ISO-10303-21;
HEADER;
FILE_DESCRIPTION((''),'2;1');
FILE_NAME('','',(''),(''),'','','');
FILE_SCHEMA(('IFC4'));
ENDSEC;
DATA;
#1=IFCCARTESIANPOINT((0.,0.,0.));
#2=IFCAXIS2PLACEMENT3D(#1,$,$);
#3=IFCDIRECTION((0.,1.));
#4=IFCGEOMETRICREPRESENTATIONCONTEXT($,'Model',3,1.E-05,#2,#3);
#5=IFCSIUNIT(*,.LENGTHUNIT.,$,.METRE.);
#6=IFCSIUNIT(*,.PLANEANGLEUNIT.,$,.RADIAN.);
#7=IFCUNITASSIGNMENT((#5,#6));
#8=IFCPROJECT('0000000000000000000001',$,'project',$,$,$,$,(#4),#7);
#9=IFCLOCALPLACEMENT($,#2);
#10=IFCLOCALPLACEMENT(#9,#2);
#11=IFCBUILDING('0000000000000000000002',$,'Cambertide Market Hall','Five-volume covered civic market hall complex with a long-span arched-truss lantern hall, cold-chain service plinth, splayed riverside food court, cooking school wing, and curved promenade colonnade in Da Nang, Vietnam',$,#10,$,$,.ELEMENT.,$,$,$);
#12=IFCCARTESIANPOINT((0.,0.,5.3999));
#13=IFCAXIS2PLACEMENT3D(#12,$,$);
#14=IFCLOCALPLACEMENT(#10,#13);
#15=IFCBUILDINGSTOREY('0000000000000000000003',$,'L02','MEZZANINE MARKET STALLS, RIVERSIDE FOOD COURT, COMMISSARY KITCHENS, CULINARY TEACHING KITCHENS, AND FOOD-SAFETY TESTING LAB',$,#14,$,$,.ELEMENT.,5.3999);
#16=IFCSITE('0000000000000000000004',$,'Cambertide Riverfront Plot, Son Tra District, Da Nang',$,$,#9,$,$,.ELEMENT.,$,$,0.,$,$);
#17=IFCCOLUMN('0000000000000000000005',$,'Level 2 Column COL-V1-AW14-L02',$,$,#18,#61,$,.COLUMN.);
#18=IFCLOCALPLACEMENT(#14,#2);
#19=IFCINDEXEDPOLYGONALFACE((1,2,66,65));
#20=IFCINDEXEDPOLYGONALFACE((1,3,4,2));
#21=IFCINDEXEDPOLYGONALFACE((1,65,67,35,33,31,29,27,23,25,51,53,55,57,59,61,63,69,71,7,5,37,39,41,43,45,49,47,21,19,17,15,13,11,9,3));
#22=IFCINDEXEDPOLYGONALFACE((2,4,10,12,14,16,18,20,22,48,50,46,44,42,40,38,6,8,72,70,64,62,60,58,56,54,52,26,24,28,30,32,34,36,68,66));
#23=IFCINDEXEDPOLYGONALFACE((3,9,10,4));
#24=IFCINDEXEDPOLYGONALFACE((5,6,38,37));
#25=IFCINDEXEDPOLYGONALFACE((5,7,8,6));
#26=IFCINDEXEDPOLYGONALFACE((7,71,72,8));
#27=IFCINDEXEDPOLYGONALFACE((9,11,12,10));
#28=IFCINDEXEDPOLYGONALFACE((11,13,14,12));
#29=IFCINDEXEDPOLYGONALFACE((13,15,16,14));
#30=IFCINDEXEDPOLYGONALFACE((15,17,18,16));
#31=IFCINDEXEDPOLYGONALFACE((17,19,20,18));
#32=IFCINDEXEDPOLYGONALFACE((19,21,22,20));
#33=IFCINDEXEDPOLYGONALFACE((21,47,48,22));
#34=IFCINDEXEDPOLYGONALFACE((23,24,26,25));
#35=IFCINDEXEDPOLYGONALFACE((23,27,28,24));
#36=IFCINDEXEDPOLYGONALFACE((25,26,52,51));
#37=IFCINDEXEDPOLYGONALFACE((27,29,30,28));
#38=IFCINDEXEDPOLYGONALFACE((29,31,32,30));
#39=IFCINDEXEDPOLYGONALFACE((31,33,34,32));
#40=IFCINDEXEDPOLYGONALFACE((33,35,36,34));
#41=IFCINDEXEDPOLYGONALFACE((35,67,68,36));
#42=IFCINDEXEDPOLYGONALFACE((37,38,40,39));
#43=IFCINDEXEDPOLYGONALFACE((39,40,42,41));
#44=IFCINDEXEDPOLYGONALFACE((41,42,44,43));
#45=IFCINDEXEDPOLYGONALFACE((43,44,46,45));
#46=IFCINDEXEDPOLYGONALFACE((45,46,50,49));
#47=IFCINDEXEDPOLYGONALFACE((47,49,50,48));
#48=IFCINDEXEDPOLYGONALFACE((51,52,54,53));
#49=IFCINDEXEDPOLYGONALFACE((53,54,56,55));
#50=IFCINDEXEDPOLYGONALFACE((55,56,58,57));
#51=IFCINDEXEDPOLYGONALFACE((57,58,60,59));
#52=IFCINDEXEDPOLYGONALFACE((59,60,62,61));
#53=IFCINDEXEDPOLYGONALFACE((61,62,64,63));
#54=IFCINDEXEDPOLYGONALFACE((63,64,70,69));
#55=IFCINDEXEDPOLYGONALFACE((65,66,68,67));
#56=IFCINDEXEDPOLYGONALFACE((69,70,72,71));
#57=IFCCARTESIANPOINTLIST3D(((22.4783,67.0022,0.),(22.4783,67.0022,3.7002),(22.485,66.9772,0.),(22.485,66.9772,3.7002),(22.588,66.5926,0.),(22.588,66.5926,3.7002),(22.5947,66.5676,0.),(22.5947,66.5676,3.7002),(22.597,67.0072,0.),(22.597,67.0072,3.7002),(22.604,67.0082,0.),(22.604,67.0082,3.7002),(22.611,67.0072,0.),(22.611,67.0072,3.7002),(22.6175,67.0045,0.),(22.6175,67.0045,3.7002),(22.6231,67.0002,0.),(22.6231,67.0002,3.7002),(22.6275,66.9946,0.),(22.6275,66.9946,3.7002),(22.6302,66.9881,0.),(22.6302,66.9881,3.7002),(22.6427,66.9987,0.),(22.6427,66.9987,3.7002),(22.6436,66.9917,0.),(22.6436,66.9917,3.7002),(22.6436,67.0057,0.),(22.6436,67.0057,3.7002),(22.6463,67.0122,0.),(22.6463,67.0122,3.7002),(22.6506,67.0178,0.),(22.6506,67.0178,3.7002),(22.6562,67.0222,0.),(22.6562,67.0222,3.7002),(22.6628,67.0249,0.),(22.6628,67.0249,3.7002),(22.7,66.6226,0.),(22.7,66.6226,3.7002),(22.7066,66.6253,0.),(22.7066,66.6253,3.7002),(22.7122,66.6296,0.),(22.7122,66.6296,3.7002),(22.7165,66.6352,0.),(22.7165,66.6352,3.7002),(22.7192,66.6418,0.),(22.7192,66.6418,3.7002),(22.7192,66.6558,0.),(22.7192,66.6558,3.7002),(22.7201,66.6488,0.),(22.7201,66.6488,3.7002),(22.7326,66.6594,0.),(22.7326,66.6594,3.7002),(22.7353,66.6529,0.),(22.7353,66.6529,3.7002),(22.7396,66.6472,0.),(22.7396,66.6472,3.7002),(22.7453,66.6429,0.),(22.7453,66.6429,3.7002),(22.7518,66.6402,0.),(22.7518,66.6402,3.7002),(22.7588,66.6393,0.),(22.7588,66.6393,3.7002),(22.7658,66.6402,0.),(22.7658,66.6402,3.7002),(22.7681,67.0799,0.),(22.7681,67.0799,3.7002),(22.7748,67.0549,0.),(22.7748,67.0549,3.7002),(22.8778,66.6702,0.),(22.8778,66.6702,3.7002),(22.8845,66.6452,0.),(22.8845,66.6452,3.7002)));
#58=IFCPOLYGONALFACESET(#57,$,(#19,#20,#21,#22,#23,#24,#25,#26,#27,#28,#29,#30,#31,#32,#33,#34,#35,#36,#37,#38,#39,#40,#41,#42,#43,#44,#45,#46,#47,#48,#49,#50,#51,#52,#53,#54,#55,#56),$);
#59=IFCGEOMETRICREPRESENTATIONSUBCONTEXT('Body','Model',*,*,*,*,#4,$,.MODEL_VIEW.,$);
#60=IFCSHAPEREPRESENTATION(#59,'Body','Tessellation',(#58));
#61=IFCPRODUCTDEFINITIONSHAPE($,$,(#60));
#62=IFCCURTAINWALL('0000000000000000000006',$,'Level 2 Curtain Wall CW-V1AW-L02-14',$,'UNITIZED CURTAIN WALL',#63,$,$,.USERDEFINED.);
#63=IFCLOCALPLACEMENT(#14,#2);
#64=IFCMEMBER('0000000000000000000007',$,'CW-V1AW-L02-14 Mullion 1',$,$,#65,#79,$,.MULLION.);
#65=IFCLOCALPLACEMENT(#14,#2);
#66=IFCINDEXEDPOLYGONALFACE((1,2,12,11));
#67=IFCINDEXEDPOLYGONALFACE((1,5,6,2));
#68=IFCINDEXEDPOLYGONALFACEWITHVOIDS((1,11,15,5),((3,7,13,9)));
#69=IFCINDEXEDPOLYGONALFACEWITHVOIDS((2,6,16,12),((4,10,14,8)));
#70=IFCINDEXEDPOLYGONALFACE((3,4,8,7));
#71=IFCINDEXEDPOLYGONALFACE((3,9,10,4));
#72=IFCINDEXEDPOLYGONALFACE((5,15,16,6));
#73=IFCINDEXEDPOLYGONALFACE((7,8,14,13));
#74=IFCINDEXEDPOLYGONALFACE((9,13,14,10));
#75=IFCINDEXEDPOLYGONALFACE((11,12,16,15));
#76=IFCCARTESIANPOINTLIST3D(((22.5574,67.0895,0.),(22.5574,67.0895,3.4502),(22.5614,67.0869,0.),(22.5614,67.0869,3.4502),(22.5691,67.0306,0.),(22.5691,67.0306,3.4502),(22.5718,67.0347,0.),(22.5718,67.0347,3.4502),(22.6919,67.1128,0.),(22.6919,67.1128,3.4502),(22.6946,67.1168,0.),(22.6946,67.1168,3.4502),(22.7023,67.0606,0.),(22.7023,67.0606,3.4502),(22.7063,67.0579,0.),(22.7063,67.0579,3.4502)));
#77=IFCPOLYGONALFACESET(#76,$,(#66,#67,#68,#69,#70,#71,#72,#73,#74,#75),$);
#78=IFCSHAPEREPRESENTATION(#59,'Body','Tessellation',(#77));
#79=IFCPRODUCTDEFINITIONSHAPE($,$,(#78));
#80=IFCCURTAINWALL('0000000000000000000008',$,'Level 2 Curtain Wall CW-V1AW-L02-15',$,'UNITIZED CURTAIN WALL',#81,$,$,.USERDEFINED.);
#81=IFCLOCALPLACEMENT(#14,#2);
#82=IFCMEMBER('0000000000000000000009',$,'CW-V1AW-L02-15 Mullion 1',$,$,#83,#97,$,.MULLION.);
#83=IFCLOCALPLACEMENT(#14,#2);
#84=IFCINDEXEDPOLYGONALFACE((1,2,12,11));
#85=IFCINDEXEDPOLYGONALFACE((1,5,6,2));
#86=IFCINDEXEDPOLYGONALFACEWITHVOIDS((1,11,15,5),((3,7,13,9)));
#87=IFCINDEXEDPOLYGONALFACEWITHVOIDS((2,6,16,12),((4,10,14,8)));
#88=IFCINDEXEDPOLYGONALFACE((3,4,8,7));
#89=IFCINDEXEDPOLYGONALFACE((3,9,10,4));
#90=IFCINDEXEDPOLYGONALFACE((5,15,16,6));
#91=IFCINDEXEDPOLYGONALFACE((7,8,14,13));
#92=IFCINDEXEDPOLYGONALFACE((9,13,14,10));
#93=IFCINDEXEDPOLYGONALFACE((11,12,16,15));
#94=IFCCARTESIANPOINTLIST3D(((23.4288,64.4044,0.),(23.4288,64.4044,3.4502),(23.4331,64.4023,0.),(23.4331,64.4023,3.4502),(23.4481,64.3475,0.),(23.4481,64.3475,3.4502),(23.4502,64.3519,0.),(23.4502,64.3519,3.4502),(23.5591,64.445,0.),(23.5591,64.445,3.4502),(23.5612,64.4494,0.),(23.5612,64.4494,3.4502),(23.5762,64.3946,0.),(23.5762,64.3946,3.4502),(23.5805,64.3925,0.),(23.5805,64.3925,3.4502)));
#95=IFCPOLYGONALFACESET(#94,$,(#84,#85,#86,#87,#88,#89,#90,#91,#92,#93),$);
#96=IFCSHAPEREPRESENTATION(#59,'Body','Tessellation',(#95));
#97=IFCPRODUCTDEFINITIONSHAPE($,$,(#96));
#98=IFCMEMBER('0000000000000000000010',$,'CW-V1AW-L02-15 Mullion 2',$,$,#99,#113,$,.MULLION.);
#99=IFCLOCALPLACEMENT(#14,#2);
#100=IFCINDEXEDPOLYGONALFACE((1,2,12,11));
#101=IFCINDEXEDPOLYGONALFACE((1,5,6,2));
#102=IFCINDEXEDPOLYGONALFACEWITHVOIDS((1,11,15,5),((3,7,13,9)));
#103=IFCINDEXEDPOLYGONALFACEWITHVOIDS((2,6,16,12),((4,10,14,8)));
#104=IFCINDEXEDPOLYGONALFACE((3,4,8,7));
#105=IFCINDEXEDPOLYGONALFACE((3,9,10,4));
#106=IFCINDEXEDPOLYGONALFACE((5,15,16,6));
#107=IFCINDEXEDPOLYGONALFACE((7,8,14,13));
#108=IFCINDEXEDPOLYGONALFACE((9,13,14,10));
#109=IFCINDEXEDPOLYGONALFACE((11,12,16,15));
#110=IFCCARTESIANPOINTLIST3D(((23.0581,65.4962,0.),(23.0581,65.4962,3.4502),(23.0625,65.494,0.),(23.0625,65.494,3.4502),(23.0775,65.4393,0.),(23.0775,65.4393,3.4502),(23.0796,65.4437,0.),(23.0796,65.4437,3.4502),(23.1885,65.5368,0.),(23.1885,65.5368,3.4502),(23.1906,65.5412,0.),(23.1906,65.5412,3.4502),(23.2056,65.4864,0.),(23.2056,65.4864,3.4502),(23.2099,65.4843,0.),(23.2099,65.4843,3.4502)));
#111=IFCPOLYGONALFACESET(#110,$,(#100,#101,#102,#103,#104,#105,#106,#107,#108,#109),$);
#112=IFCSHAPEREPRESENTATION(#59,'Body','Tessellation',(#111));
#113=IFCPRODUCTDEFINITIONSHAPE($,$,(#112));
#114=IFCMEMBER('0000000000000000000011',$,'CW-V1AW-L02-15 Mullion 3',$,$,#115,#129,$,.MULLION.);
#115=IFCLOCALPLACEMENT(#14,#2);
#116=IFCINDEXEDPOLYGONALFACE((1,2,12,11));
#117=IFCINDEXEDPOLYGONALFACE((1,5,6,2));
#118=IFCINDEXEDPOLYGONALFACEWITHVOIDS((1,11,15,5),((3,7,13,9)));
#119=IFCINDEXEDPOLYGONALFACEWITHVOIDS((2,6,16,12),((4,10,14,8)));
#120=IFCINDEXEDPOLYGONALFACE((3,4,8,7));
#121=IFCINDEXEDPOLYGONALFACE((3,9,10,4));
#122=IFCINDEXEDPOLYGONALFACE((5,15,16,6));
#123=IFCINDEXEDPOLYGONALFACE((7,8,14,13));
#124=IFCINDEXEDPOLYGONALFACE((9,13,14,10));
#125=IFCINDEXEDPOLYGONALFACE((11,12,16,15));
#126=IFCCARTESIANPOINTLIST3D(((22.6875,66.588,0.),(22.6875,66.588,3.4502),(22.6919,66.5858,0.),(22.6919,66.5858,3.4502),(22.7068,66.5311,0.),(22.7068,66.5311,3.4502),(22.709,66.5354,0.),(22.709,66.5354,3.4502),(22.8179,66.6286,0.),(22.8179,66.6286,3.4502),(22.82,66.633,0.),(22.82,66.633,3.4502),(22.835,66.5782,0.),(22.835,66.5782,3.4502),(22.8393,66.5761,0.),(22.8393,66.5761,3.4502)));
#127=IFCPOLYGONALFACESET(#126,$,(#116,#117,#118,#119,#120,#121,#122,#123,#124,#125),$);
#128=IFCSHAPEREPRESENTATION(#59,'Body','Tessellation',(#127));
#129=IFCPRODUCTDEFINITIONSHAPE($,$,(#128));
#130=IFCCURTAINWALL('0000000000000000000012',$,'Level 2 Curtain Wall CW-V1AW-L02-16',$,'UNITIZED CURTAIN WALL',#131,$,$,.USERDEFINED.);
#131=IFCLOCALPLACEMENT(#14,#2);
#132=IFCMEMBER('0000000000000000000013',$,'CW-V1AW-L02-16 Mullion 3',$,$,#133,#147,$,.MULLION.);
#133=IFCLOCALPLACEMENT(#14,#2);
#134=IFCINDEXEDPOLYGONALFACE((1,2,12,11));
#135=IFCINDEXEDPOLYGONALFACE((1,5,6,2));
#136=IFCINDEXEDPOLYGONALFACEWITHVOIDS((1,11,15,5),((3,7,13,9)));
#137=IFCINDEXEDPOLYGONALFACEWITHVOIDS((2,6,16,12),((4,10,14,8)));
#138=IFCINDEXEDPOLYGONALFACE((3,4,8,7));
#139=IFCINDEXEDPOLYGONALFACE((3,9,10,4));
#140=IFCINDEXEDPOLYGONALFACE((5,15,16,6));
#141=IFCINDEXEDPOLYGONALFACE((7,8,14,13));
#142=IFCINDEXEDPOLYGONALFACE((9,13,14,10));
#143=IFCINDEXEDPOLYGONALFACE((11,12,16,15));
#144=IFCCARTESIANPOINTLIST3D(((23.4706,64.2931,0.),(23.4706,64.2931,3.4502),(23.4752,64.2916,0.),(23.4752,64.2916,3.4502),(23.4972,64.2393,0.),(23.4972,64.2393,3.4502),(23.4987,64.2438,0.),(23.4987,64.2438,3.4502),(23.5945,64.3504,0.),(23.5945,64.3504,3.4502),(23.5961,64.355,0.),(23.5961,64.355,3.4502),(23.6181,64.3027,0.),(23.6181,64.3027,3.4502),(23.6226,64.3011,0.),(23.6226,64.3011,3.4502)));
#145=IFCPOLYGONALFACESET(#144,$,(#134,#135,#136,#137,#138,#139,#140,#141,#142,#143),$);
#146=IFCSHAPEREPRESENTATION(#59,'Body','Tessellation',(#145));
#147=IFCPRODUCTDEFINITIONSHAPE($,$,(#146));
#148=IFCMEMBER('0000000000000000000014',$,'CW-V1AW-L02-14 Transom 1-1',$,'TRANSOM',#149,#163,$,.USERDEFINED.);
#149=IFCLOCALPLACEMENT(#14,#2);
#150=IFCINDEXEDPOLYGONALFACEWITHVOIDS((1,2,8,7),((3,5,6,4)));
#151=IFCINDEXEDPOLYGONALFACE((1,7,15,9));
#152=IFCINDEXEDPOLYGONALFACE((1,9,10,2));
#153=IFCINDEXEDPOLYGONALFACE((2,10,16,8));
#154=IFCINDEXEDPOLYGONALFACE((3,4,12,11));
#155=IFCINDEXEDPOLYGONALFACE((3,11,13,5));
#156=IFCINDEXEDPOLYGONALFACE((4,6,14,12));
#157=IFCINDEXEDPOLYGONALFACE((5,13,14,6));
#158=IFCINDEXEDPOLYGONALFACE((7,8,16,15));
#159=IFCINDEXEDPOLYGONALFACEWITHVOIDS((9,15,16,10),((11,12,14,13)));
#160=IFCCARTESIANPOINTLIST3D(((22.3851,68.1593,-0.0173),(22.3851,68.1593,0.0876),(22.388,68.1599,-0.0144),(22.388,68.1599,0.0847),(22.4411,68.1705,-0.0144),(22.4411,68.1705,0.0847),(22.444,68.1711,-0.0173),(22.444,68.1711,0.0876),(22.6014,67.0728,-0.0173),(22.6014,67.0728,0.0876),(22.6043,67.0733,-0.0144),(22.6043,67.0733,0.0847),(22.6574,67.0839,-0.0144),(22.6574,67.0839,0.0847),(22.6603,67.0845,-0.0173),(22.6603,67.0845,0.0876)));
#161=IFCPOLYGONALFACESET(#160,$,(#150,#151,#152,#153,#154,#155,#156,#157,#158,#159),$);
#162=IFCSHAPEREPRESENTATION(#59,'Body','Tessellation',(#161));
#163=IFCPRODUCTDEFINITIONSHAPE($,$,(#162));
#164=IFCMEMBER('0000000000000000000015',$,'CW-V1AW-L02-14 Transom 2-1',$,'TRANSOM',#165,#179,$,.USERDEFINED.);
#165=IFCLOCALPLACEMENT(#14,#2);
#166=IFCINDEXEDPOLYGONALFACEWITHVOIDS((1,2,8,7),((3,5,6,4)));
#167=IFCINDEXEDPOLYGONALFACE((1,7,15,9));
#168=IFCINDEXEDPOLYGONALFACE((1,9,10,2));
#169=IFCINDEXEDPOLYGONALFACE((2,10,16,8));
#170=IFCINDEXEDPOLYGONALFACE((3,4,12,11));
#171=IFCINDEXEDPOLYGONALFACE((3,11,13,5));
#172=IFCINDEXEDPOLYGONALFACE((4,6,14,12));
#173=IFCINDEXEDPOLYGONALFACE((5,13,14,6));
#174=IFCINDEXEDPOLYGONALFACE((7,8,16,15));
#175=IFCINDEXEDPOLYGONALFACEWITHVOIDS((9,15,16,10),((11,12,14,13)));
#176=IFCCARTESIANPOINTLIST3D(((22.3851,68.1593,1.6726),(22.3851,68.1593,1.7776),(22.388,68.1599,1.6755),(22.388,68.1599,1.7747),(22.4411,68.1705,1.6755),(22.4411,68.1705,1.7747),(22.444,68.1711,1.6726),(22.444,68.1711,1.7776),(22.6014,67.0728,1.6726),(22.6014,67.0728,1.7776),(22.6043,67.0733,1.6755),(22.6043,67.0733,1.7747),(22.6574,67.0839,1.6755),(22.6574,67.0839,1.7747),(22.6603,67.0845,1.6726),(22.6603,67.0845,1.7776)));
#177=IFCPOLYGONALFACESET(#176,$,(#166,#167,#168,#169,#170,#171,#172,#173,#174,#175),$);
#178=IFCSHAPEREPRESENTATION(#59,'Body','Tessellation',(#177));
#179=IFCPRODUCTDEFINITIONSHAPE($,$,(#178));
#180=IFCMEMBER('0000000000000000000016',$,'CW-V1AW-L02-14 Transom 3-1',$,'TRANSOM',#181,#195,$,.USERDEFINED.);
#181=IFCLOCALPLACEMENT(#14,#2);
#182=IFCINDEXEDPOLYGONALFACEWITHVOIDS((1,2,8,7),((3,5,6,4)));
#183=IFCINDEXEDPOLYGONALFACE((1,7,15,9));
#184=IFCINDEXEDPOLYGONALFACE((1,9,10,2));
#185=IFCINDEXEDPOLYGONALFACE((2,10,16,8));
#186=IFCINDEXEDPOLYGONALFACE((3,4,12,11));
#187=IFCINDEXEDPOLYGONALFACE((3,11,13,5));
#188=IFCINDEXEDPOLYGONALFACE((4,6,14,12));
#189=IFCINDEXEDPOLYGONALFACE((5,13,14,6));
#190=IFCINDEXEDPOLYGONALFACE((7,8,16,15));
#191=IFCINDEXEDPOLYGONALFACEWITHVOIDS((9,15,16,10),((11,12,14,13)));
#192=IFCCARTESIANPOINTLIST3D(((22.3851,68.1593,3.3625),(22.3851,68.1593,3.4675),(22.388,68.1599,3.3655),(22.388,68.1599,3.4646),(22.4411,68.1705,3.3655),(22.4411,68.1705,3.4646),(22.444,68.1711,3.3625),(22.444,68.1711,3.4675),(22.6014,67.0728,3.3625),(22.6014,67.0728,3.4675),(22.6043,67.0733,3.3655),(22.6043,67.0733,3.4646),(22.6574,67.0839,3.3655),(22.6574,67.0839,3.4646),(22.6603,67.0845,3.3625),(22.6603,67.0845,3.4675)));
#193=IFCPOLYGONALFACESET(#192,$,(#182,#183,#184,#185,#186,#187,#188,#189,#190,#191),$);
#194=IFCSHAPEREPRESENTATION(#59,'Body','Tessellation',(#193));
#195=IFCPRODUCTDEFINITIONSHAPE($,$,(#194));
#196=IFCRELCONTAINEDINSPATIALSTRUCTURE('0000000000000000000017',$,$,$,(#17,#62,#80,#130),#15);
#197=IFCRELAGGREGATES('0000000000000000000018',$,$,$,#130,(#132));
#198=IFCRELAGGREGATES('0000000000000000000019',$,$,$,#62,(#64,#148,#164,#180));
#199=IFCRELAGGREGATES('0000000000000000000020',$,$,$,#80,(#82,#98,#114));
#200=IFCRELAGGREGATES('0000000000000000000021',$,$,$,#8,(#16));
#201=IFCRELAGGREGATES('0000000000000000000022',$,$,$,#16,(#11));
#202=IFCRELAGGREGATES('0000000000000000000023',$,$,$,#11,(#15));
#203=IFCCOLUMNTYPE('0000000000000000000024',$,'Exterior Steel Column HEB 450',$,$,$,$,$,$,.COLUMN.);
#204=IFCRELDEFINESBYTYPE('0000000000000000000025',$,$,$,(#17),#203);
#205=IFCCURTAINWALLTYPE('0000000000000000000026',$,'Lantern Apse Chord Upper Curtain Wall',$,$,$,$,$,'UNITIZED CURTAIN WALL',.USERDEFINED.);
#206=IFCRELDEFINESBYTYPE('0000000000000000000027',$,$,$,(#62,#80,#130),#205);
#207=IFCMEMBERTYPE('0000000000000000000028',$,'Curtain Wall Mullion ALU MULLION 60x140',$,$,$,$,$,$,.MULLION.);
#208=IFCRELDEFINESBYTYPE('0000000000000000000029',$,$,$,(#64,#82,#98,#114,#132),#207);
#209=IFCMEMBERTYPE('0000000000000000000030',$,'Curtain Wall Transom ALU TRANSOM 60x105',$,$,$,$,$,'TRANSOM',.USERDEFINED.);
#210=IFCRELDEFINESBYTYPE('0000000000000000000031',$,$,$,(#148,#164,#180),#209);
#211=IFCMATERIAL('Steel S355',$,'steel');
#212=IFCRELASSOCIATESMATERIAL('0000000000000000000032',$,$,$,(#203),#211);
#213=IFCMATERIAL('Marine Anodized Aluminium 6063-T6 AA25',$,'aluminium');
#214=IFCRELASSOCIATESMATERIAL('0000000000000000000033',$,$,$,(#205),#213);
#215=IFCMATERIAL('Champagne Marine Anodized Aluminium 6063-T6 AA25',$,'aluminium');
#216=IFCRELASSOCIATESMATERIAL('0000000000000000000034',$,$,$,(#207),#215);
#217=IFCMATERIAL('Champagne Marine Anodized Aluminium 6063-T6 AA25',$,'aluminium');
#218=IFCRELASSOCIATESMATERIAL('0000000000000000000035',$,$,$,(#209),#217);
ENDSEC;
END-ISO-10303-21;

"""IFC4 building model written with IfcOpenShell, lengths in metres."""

from ifc_helpers import new_model, si_unit, direction, frame, origin, origin_2d, place, context, subcontext, project, spatial, hollow_rectangle, i_section, extrude, material, material_profile, profile_set, type_object, element, aggregate, save


model = new_model("IFC4")

# Units and contexts
model_context = context("Model", 3, precision=1e-05, world=origin(), true_north=direction((0.0, 1.0)))
body_context = subcontext(model_context, "Body", "Model", "MODEL_VIEW")
ifc_project = project(units=[si_unit("LENGTHUNIT", "METRE"), si_unit("PLANEANGLEUNIT", "RADIAN")], contexts=[model_context])

# Site, building, storey
site_placement = place(None, origin())
site = spatial("IfcSite", under=ifc_project, at=site_placement, Name="Cambertide Riverfront Plot, Son Tra District, Da Nang", CompositionType="ELEMENT", RefElevation=0.0)
building_placement = place(site_placement, origin())
building = spatial("IfcBuilding", under=site, at=building_placement, Name="Cambertide Market Hall", Description="Five-volume covered civic market hall complex with a long-span arched-truss lantern hall, cold-chain service plinth, splayed riverside food court, cooking school wing, and curved promenade colonnade in Da Nang, Vietnam", CompositionType="ELEMENT")
storey_placement = place(building_placement, frame((0.0, 0.0, 5.3999)))
storey = spatial("IfcBuildingStorey", under=building, at=storey_placement, Name="L02", Description="MEZZANINE MARKET STALLS, RIVERSIDE FOOD COURT, COMMISSARY KITCHENS, CULINARY TEACHING KITCHENS, AND FOOD-SAFETY TESTING LAB", CompositionType="ELEMENT", Elevation=5.3999)

# Column
ifc_material_1 = material(Name="Steel S355", Category="steel")
ifc_material_profile_1 = material_profile(ifc_material_1, i_section(OverallWidth=0.3, OverallDepth=0.45, WebThickness=0.0139, FlangeThickness=0.0259, FilletRadius=0.0271, at=origin_2d()), Name="HEB 450")
ifc_profile_set_1 = profile_set([ifc_material_profile_1], Name="Steel S355")
column_type = type_object("IfcColumnType", Name="Exterior Steel Column HEB 450", PredefinedType="COLUMN", material=ifc_profile_set_1)
column_placement = place(storey_placement, frame((22.6814, 66.8237, 0.0), z_axis=(0.0, 0.0, 1.0), x_axis=(-0.965926, -0.258819, 0.0)))
element("IfcColumn", 1, at=column_placement, inside=storey, type_object=column_type, Name="Level 2 Column COL-V1-AW14-L02", PredefinedType="COLUMN", context=body_context, shape_type="SweptSolid", body=[
    extrude(i_section(OverallWidth=0.3, OverallDepth=0.45, WebThickness=0.0139, FlangeThickness=0.0259, FilletRadius=0.0271, at=origin_2d()), origin(), (0.0, 0.0, 1.0), 3.7002),
])

# Curtain wall, member
ifc_material_2 = material(Name="Marine Anodized Aluminium 6063-T6 AA25", Category="aluminium")
curtain_wall_type = type_object("IfcCurtainWallType", Name="Lantern Apse Chord Upper Curtain Wall", ElementType="UNITIZED CURTAIN WALL", PredefinedType="USERDEFINED", material=ifc_material_2)
curtain_wall_1_placement = place(storey_placement, origin())
curtain_wall_1 = element("IfcCurtainWall", 2, at=curtain_wall_1_placement, inside=storey, type_object=curtain_wall_type, Name="Level 2 Curtain Wall CW-V1AW-L02-14", ObjectType="UNITIZED CURTAIN WALL", PredefinedType="USERDEFINED")
ifc_material_3 = material(Name="Champagne Marine Anodized Aluminium 6063-T6 AA25", Category="aluminium")
ifc_material_profile_2 = material_profile(ifc_material_3, hollow_rectangle(XDim=0.0601, YDim=0.1399, WallThickness=0.0034, at=origin_2d()), Name="ALU MULLION 60x140")
ifc_profile_set_2 = profile_set([ifc_material_profile_2], Name="Champagne Marine Anodized Aluminium 6063-T6 AA25")
member_type_1 = type_object("IfcMemberType", Name="Curtain Wall Mullion ALU MULLION 60x140", PredefinedType="MULLION", material=ifc_profile_set_2)
member_1_placement = place(storey_placement, frame((22.6318, 67.0737, 0.0), z_axis=(0.0, 0.0, 1.0), x_axis=(-0.19509, 0.980785, 0.0)))
member_1 = element("IfcMember", 3, at=member_1_placement, type_object=member_type_1, Name="CW-V1AW-L02-14 Mullion 1", PredefinedType="MULLION", context=body_context, shape_type="SweptSolid", body=[
    extrude(hollow_rectangle(XDim=0.0601, YDim=0.1399, WallThickness=0.0034, at=origin_2d()), origin(), (0.0, 0.0, 1.0), 3.4502),
])

# Curtain wall, members
curtain_wall_2_placement = place(storey_placement, origin())
curtain_wall_2 = element("IfcCurtainWall", 4, at=curtain_wall_2_placement, inside=storey, type_object=curtain_wall_type, Name="Level 2 Curtain Wall CW-V1AW-L02-15", ObjectType="UNITIZED CURTAIN WALL", PredefinedType="USERDEFINED")
member_2_placement = place(storey_placement, frame((23.5046, 64.3984, 0.0), z_axis=(0.0, 0.0, 1.0), x_axis=(-0.321439, 0.94693, 0.0)))
member_2 = element("IfcMember", 5, at=member_2_placement, type_object=member_type_1, Name="CW-V1AW-L02-15 Mullion 1", PredefinedType="MULLION", context=body_context, shape_type="SweptSolid", body=[
    extrude(hollow_rectangle(XDim=0.0601, YDim=0.1399, WallThickness=0.0034, at=origin_2d()), origin(), (0.0, 0.0, 1.0), 3.4502),
])
member_3_placement = place(storey_placement, frame((23.134, 65.4902, 0.0), z_axis=(0.0, 0.0, 1.0), x_axis=(-0.321439, 0.94693, 0.0)))
member_3 = element("IfcMember", 6, at=member_3_placement, type_object=member_type_1, Name="CW-V1AW-L02-15 Mullion 2", PredefinedType="MULLION", context=body_context, shape_type="SweptSolid", body=[
    extrude(hollow_rectangle(XDim=0.0601, YDim=0.1399, WallThickness=0.0034, at=origin_2d()), origin(), (0.0, 0.0, 1.0), 3.4502),
])
member_4_placement = place(storey_placement, frame((22.7634, 66.582, 0.0), z_axis=(0.0, 0.0, 1.0), x_axis=(-0.321439, 0.94693, 0.0)))
member_4 = element("IfcMember", 7, at=member_4_placement, type_object=member_type_1, Name="CW-V1AW-L02-15 Mullion 3", PredefinedType="MULLION", context=body_context, shape_type="SweptSolid", body=[
    extrude(hollow_rectangle(XDim=0.0601, YDim=0.1399, WallThickness=0.0034, at=origin_2d()), origin(), (0.0, 0.0, 1.0), 3.4502),
])

# Curtain wall, member
curtain_wall_3_placement = place(storey_placement, origin())
curtain_wall_3 = element("IfcCurtainWall", 8, at=curtain_wall_3_placement, inside=storey, type_object=curtain_wall_type, Name="Level 2 Curtain Wall CW-V1AW-L02-16", ObjectType="UNITIZED CURTAIN WALL", PredefinedType="USERDEFINED")
member_5_placement = place(storey_placement, frame((23.5466, 64.2971, 0.0), z_axis=(0.0, 0.0, 1.0), x_axis=(-0.442289, 0.896873, 0.0)))
member_5 = element("IfcMember", 9, at=member_5_placement, type_object=member_type_1, Name="CW-V1AW-L02-16 Mullion 3", PredefinedType="MULLION", context=body_context, shape_type="SweptSolid", body=[
    extrude(hollow_rectangle(XDim=0.0601, YDim=0.1399, WallThickness=0.0034, at=origin_2d()), origin(), (0.0, 0.0, 1.0), 3.4502),
])
aggregate(curtain_wall_3, [member_5])

# Members
ifc_material_4 = material(Name="Champagne Marine Anodized Aluminium 6063-T6 AA25", Category="aluminium")
ifc_material_profile_3 = material_profile(ifc_material_4, hollow_rectangle(XDim=0.0601, YDim=0.105, WallThickness=0.0029, at=origin_2d()), Name="ALU TRANSOM 60x105")
ifc_profile_set_3 = profile_set([ifc_material_profile_3], Name="Champagne Marine Anodized Aluminium 6063-T6 AA25")
member_type_2 = type_object("IfcMemberType", Name="Curtain Wall Transom ALU TRANSOM 60x105", ElementType="TRANSOM", PredefinedType="USERDEFINED", material=ifc_profile_set_3)
member_6_placement = place(storey_placement, frame((22.6309, 67.0786, 0.0352), z_axis=(-0.195226, 0.980758, 0.0), x_axis=(-0.980758, -0.195226, 0.0)))
member_6 = element("IfcMember", 10, at=member_6_placement, type_object=member_type_2, Name="CW-V1AW-L02-14 Transom 1-1", ObjectType="TRANSOM", PredefinedType="USERDEFINED", context=body_context, shape_type="SweptSolid", body=[
    extrude(hollow_rectangle(XDim=0.0601, YDim=0.105, WallThickness=0.0029, at=origin_2d()), origin(), (0.0, 0.0, 1.0), 1.1079),
])
member_7_placement = place(storey_placement, frame((22.6309, 67.0786, 1.7251), z_axis=(-0.195226, 0.980758, 0.0), x_axis=(-0.980758, -0.195226, 0.0)))
member_7 = element("IfcMember", 11, at=member_7_placement, type_object=member_type_2, Name="CW-V1AW-L02-14 Transom 2-1", ObjectType="TRANSOM", PredefinedType="USERDEFINED", context=body_context, shape_type="SweptSolid", body=[
    extrude(hollow_rectangle(XDim=0.0601, YDim=0.105, WallThickness=0.0029, at=origin_2d()), origin(), (0.0, 0.0, 1.0), 1.1079),
])
member_8_placement = place(storey_placement, frame((22.6309, 67.0786, 3.415), z_axis=(-0.195226, 0.980758, 0.0), x_axis=(-0.980758, -0.195226, 0.0)))
member_8 = element("IfcMember", 12, at=member_8_placement, type_object=member_type_2, Name="CW-V1AW-L02-14 Transom 3-1", ObjectType="TRANSOM", PredefinedType="USERDEFINED", context=body_context, shape_type="SweptSolid", body=[
    extrude(hollow_rectangle(XDim=0.0601, YDim=0.105, WallThickness=0.0029, at=origin_2d()), origin(), (0.0, 0.0, 1.0), 1.1079),
])

aggregate(curtain_wall_1, [member_1, member_6, member_7, member_8])
aggregate(curtain_wall_2, [member_2, member_3, member_4])

save(model, "model.ifc")
